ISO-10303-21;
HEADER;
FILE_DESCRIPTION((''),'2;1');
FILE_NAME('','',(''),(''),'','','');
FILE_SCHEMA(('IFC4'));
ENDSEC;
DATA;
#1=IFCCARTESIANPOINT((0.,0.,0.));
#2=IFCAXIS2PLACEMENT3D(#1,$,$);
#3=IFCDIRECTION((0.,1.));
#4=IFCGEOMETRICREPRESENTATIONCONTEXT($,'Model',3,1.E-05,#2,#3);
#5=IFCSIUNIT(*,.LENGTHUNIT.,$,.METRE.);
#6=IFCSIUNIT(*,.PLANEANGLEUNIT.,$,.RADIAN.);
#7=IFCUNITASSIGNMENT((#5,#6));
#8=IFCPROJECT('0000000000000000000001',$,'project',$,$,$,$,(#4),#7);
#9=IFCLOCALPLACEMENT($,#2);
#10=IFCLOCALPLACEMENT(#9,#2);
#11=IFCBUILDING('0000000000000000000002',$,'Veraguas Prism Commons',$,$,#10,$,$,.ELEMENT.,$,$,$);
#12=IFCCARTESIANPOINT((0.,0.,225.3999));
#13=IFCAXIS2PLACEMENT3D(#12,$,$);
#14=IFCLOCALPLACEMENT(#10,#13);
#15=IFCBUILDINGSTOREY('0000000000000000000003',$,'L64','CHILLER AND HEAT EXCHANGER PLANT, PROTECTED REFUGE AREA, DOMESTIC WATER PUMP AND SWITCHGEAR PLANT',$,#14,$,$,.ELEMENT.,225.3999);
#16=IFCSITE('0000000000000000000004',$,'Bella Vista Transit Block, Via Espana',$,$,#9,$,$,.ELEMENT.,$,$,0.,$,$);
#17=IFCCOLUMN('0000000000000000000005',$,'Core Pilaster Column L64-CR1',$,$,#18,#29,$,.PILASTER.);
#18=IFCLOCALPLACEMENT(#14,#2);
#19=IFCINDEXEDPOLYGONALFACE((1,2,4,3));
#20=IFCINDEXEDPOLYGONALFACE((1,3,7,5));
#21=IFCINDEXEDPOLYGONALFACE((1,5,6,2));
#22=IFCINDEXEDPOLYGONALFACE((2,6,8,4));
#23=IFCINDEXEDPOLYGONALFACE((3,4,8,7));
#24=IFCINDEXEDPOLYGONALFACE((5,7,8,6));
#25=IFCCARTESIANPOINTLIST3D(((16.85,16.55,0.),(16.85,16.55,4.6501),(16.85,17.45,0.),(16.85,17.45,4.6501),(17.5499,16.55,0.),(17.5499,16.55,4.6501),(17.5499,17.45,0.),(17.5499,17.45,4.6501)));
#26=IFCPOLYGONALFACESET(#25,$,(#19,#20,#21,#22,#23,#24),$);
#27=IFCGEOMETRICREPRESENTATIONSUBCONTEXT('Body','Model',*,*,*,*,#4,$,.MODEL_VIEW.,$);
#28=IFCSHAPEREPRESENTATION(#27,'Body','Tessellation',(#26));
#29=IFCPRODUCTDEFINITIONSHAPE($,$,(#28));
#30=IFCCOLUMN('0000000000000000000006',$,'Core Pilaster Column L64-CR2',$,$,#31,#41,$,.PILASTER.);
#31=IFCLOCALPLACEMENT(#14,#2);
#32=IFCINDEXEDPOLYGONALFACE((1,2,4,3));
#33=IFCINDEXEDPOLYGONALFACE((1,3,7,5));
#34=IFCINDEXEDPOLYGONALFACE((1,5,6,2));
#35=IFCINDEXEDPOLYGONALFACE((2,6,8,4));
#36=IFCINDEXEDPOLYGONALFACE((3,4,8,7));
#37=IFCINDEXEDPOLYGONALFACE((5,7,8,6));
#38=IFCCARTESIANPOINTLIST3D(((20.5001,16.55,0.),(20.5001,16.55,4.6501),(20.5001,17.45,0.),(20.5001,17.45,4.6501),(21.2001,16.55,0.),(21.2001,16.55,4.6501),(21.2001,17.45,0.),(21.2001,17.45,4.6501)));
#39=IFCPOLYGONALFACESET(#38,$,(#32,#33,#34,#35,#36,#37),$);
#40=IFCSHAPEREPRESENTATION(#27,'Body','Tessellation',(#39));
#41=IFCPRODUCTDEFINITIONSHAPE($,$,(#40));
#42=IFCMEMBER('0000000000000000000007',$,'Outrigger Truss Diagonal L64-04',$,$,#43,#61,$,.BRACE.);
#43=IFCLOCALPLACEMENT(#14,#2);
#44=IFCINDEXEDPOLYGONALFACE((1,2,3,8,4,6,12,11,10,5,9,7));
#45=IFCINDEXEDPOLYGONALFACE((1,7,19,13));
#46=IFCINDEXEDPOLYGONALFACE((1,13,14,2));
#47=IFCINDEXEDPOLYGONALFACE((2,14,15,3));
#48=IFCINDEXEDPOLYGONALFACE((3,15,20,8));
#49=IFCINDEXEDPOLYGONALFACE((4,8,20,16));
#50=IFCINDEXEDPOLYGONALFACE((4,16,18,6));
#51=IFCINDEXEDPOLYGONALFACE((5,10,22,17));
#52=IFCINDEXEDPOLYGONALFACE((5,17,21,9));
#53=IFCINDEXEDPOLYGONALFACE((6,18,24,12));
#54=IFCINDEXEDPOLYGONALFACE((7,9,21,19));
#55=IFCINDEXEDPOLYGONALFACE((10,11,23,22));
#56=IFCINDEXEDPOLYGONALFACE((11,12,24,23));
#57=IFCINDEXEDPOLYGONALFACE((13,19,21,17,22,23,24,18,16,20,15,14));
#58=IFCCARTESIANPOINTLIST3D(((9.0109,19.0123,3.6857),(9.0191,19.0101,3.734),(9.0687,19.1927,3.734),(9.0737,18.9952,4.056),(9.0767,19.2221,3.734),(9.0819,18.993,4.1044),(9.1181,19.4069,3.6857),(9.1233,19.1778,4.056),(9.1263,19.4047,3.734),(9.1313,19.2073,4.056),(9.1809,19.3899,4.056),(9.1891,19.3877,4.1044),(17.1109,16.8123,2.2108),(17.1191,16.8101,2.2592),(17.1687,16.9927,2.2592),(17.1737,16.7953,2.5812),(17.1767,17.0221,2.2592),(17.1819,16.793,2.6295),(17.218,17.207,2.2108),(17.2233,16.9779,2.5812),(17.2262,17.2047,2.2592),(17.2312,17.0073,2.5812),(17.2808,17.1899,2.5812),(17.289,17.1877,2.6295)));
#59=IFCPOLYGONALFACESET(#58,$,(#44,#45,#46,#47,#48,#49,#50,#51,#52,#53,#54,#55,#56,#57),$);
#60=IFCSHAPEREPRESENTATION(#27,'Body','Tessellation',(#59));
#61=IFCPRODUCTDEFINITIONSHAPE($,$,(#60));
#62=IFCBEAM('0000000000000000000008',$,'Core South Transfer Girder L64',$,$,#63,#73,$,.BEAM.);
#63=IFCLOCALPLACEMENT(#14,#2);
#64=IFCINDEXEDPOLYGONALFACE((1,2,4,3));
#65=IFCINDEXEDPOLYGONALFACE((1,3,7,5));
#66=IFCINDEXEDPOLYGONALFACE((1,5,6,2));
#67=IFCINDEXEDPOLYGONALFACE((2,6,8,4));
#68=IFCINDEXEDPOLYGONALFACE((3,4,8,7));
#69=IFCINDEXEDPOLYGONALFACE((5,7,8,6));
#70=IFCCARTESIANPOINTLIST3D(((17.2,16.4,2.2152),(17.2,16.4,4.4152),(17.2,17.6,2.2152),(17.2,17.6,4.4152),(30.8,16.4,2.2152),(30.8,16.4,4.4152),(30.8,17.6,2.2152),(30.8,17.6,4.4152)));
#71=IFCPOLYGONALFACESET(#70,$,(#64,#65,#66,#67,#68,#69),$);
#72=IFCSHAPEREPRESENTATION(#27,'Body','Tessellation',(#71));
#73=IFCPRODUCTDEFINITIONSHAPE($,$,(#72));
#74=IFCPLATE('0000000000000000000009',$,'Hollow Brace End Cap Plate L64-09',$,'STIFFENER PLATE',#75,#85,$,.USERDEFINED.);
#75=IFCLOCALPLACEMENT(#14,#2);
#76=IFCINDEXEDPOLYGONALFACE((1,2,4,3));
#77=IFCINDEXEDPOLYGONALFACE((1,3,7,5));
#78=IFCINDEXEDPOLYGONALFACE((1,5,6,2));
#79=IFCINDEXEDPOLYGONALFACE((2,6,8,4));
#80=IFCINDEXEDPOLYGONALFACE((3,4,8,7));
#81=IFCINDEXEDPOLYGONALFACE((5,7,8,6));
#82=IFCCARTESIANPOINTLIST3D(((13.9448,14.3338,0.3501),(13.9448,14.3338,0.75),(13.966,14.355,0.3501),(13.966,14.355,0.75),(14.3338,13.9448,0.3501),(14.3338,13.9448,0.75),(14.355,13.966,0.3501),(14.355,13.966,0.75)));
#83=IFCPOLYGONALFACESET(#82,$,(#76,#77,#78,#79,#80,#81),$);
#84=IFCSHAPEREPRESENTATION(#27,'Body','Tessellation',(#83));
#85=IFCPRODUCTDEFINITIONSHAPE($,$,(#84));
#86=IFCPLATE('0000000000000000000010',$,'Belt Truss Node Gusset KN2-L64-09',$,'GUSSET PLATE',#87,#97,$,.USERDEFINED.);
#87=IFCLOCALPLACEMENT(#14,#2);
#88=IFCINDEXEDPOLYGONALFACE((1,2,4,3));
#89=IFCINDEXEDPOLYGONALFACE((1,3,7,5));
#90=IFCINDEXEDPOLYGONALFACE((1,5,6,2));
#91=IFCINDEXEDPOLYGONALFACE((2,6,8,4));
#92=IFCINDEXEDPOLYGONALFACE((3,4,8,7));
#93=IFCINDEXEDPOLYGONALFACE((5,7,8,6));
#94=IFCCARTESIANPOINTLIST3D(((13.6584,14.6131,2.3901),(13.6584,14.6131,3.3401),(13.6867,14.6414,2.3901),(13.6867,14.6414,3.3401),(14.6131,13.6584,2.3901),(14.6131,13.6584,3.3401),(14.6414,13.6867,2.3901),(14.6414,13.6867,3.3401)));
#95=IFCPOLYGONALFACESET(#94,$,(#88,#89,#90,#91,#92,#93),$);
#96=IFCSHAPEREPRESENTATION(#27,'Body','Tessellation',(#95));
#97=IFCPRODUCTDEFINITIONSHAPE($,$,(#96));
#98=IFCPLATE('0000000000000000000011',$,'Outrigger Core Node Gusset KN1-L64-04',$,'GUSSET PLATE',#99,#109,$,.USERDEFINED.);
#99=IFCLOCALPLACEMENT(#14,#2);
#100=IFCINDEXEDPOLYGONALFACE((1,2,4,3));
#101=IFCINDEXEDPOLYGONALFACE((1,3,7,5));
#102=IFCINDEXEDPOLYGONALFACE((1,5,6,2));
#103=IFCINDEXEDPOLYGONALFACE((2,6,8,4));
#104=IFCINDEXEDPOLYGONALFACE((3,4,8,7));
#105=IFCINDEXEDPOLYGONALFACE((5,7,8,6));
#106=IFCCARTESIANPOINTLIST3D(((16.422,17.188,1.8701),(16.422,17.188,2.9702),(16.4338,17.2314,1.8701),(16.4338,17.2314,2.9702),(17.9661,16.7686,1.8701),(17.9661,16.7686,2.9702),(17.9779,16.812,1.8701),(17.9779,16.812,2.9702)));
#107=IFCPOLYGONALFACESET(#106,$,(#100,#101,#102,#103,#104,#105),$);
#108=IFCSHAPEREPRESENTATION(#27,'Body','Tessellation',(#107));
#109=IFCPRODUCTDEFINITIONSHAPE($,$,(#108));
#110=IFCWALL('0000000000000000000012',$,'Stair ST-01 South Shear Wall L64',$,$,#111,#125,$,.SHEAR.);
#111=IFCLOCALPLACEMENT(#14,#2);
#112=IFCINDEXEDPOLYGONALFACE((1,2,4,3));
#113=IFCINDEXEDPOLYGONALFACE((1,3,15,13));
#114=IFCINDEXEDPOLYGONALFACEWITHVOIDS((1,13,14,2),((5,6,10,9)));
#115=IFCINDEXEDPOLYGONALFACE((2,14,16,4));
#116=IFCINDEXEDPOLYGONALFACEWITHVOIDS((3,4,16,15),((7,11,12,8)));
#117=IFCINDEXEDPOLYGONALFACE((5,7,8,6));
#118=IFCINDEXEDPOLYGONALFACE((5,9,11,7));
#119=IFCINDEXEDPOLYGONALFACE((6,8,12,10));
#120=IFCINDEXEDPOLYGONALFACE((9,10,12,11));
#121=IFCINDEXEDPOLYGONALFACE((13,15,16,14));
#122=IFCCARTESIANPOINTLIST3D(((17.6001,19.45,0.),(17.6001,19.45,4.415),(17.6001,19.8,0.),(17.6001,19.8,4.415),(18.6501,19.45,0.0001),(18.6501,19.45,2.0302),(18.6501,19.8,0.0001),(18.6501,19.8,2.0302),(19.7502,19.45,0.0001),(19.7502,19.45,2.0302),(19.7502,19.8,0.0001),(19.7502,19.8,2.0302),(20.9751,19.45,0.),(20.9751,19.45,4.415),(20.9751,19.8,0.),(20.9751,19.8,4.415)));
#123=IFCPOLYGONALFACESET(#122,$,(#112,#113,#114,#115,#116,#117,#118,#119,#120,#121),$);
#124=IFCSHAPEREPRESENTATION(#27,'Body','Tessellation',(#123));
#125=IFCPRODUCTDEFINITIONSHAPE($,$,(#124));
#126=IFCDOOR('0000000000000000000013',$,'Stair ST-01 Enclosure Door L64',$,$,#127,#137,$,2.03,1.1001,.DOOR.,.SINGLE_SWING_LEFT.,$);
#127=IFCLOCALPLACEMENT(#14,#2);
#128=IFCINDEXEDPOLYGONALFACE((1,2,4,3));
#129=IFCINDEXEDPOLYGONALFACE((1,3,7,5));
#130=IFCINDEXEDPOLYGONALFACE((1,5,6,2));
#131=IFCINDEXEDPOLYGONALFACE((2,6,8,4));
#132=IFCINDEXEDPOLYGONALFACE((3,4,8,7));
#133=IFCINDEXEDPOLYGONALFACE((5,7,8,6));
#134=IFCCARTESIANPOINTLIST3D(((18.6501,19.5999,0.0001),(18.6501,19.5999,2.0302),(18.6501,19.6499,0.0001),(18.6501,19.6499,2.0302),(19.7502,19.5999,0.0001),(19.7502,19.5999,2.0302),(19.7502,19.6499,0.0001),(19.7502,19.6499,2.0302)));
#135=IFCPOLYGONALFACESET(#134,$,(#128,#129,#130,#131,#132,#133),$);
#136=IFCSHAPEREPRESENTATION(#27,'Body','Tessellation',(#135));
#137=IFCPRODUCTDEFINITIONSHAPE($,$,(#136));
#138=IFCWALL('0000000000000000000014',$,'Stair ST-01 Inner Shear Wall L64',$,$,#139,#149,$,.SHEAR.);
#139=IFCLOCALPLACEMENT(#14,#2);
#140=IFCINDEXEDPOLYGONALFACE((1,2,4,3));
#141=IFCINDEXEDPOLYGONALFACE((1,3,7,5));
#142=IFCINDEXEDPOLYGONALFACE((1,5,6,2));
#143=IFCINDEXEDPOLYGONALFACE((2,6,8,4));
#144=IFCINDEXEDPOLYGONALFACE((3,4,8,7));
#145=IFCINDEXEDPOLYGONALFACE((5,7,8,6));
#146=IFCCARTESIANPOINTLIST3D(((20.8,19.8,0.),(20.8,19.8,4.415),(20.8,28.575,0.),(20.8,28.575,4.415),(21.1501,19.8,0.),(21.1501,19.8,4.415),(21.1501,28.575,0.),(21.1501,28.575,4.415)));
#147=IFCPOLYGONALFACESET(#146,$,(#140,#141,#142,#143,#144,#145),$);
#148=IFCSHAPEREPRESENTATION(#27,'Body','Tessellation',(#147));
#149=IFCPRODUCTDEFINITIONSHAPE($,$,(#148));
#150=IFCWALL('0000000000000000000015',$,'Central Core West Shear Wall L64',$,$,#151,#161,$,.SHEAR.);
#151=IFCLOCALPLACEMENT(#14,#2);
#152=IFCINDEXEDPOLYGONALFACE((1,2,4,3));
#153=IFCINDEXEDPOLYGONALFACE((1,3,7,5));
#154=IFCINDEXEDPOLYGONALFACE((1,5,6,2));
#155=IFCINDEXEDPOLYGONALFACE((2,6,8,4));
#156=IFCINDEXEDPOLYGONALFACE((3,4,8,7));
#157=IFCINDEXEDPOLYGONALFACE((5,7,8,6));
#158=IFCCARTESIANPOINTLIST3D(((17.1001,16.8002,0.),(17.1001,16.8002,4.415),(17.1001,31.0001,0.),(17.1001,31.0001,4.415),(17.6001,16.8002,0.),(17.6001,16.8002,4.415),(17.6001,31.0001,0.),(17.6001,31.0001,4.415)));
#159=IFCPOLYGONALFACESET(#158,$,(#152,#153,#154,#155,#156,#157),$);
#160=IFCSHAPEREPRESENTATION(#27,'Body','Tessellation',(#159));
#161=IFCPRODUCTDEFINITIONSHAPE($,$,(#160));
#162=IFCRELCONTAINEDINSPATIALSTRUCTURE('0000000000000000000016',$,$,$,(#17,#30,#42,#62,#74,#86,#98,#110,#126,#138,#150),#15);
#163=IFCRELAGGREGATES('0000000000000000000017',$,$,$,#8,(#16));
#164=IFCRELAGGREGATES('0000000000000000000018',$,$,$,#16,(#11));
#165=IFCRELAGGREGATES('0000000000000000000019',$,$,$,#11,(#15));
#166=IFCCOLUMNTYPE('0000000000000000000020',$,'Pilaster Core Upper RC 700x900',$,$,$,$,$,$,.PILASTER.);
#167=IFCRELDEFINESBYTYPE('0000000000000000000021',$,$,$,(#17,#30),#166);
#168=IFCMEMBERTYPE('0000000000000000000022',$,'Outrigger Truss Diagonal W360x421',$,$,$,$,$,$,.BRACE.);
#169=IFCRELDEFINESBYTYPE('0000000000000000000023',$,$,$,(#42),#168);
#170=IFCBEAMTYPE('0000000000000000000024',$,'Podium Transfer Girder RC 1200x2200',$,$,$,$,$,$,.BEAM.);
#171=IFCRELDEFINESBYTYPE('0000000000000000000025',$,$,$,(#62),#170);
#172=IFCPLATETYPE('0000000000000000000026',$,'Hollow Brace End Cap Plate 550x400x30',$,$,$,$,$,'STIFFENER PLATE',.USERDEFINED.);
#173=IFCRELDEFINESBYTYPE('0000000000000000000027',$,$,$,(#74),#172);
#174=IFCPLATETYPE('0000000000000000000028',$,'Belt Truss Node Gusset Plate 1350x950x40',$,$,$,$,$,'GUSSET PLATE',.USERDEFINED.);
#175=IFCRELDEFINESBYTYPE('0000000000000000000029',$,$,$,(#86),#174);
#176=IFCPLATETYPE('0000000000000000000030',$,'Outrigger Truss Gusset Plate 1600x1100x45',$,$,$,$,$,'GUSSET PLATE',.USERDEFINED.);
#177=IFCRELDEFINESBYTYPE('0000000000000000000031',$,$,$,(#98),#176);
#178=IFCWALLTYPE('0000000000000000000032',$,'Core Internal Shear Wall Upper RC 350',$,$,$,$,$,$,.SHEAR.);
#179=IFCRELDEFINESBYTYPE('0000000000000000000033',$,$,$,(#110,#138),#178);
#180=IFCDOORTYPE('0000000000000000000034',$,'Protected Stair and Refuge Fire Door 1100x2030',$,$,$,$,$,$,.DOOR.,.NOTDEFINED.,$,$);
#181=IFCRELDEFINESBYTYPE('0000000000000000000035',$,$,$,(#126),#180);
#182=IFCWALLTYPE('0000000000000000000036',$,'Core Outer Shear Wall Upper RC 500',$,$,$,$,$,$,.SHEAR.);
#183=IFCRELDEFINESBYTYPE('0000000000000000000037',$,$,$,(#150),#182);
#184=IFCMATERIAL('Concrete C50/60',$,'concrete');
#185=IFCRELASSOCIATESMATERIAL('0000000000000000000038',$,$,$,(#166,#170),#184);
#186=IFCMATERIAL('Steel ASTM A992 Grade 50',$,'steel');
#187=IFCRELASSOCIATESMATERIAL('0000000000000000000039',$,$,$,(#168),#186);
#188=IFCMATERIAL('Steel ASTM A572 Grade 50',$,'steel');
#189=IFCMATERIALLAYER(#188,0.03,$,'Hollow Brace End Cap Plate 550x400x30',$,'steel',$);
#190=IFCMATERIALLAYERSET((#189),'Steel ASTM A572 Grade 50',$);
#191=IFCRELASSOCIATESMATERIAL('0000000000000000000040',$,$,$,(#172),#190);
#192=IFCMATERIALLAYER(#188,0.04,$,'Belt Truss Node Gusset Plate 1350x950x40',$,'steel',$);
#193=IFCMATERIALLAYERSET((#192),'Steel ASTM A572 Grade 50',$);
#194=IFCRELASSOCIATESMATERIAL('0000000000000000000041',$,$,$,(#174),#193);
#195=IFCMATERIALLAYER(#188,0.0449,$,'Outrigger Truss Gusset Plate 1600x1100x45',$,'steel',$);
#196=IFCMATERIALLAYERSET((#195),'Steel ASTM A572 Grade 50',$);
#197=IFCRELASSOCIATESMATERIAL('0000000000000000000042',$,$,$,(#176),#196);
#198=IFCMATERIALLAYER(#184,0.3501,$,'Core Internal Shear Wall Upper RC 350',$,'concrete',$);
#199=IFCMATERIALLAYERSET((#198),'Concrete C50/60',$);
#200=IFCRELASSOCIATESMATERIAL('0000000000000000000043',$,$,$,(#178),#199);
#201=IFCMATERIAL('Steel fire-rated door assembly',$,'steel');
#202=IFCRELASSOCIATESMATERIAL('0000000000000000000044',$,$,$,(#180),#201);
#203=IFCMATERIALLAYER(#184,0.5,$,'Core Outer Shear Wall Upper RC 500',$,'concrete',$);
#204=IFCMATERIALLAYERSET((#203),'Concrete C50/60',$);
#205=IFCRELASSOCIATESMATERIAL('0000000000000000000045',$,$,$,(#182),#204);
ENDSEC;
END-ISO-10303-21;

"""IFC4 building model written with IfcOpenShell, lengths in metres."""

from ifc_helpers import new_model, si_unit, direction, frame, frame_2d, origin, origin_2d, place, context, subcontext, project, spatial, rectangle, i_section, extrude, source, transform, mapped, material, layer, layer_set, material_profile, profile_set, type_object, element, fill, save


model = new_model("IFC4")

# Units and contexts
model_context = context("Model", 3, precision=1e-05, world=origin(), true_north=direction((0.0, 1.0)))
body_context = subcontext(model_context, "Body", "Model", "MODEL_VIEW")
ifc_project = project(units=[si_unit("LENGTHUNIT", "METRE"), si_unit("PLANEANGLEUNIT", "RADIAN")], contexts=[model_context])

# Site, building, storey
site_placement = place(None, origin())
site = spatial("IfcSite", under=ifc_project, at=site_placement, Name="Bella Vista Transit Block, Via Espana", CompositionType="ELEMENT", RefElevation=0.0)
building_placement = place(site_placement, origin())
building = spatial("IfcBuilding", under=site, at=building_placement, Name="Veraguas Prism Commons", CompositionType="ELEMENT")
storey_placement = place(building_placement, frame((0.0, 0.0, 225.3999)))
storey = spatial("IfcBuildingStorey", under=building, at=storey_placement, Name="L64", Description="CHILLER AND HEAT EXCHANGER PLANT, PROTECTED REFUGE AREA, DOMESTIC WATER PUMP AND SWITCHGEAR PLANT", CompositionType="ELEMENT", Elevation=225.3999)

# Columns
ifc_material_1 = material(Name="Concrete C50/60", Category="concrete")
ifc_material_profile_1 = material_profile(ifc_material_1, rectangle(XDim=0.7, YDim=0.8999, at=origin_2d()), Name="RC700X900")
ifc_profile_set_1 = profile_set([ifc_material_profile_1], Name="Concrete C50/60")
column_type = type_object("IfcColumnType", Name="Pilaster Core Upper RC 700x900", PredefinedType="PILASTER", material=ifc_profile_set_1)
for number, where, z_axis, x_axis, name in (
    (1, (17.2, 17.0, 0.0), (0.0, 0.0, 1.0), (1.0, 0.0, 0.0), "Core Pilaster Column L64-CR1"),
    (2, (20.8501, 17.0, 0.0), (0.0, 0.0, 1.0), (1.0, 0.0, 0.0), "Core Pilaster Column L64-CR2"),
):
    element("IfcColumn", number, at=place(storey_placement, frame(where, z_axis=z_axis, x_axis=x_axis)), inside=storey, type_object=column_type, Name=name, PredefinedType="PILASTER", context=body_context, shape_type="SweptSolid", body=[
        extrude(rectangle(XDim=0.7, YDim=0.8999, at=origin_2d()), origin(), (0.0, 0.0, 1.0), 4.6501),
    ])

# Member
ifc_material_2 = material(Name="Steel ASTM A992 Grade 50", Category="steel")
ifc_material_profile_2 = material_profile(ifc_material_2, i_section(OverallWidth=0.4089, OverallDepth=0.425, WebThickness=0.0305, FlangeThickness=0.0491, at=origin_2d()), Name="W360X421")
ifc_profile_set_2 = profile_set([ifc_material_profile_2], Name="Steel ASTM A992 Grade 50")
member_type = type_object("IfcMemberType", Name="Outrigger Truss Diagonal W360x421", PredefinedType="BRACE", material=ifc_profile_set_2)
member_placement = place(storey_placement, frame((17.2, 17.0, 2.4202), z_axis=(-0.950476, 0.258153, 0.173066), x_axis=(-0.262108, -0.965039, 0.0)))
element("IfcMember", 3, at=member_placement, inside=storey, type_object=member_type, Name="Outrigger Truss Diagonal L64-04", PredefinedType="BRACE", context=body_context, shape_type="SweptSolid", body=[
    extrude(i_section(OverallWidth=0.4089, OverallDepth=0.425, WebThickness=0.0305, FlangeThickness=0.0491, at=origin_2d()), origin(), (0.0, 0.0, 1.0), 8.522),
])

# Beam
ifc_material_profile_3 = material_profile(ifc_material_1, rectangle(XDim=1.2, YDim=2.2, at=origin_2d()), Name="RC1200X2200")
ifc_profile_set_3 = profile_set([ifc_material_profile_3], Name="Concrete C50/60")
beam_type = type_object("IfcBeamType", Name="Podium Transfer Girder RC 1200x2200", PredefinedType="BEAM", material=ifc_profile_set_3)
beam_placement = place(storey_placement, frame((17.2, 17.0, 3.3152), z_axis=(1.0, 0.0, 0.0), x_axis=(0.0, 1.0, 0.0)))
element("IfcBeam", 4, at=beam_placement, inside=storey, type_object=beam_type, Name="Core South Transfer Girder L64", PredefinedType="BEAM", context=body_context, shape_type="SweptSolid", body=[
    extrude(rectangle(XDim=1.2, YDim=2.2, at=origin_2d()), origin(), (0.0, 0.0, 1.0), 13.6001),
])

# Plates
ifc_material_3 = material(Name="Steel ASTM A572 Grade 50", Category="steel")
ifc_layer_1 = layer(ifc_material_3, 0.03, Name="Hollow Brace End Cap Plate 550x400x30", Category="steel")
ifc_layer_set_1 = layer_set([ifc_layer_1], Name="Steel ASTM A572 Grade 50")
plate_type_1 = type_object("IfcPlateType", Name="Hollow Brace End Cap Plate 550x400x30", ElementType="STIFFENER PLATE", PredefinedType="USERDEFINED", material=ifc_layer_set_1)
shared_shape_1 = source(origin(), body_context, "Body", "SweptSolid", [
    extrude(rectangle(XDim=0.55, YDim=0.03, at=origin_2d()), origin(), (0.0, 0.0, 1.0), 0.3999),
])
plate_1_placement = place(storey_placement, frame((14.1499, 14.1499, 0.3501), z_axis=(0.0, 0.0, 1.0), x_axis=(0.707107, -0.707107, 0.0)))
element("IfcPlate", 5, at=plate_1_placement, inside=storey, type_object=plate_type_1, Name="Hollow Brace End Cap Plate L64-09", ObjectType="STIFFENER PLATE", PredefinedType="USERDEFINED", context=body_context, shape_type="MappedRepresentation", body=[
    mapped(shared_shape_1, transform((0.0, 0.0, 0.0), scale=1.0)),
])
ifc_layer_2 = layer(ifc_material_3, 0.04, Name="Belt Truss Node Gusset Plate 1350x950x40", Category="steel")
ifc_layer_set_2 = layer_set([ifc_layer_2], Name="Steel ASTM A572 Grade 50")
plate_type_2 = type_object("IfcPlateType", Name="Belt Truss Node Gusset Plate 1350x950x40", ElementType="GUSSET PLATE", PredefinedType="USERDEFINED", material=ifc_layer_set_2)
shared_shape_2 = source(origin(), body_context, "Body", "SweptSolid", [
    extrude(rectangle(XDim=1.3501, YDim=0.04, at=origin_2d()), origin(), (0.0, 0.0, 1.0), 0.95),
])
plate_2_placement = place(storey_placement, frame((14.1499, 14.1499, 2.3901), z_axis=(0.0, 0.0, 1.0), x_axis=(0.707107, -0.707107, 0.0)))
element("IfcPlate", 6, at=plate_2_placement, inside=storey, type_object=plate_type_2, Name="Belt Truss Node Gusset KN2-L64-09", ObjectType="GUSSET PLATE", PredefinedType="USERDEFINED", context=body_context, shape_type="MappedRepresentation", body=[
    mapped(shared_shape_2, transform((0.0, 0.0, 0.0), scale=1.0)),
])
ifc_layer_3 = layer(ifc_material_3, 0.0449, Name="Outrigger Truss Gusset Plate 1600x1100x45", Category="steel")
ifc_layer_set_3 = layer_set([ifc_layer_3], Name="Steel ASTM A572 Grade 50")
plate_type_3 = type_object("IfcPlateType", Name="Outrigger Truss Gusset Plate 1600x1100x45", ElementType="GUSSET PLATE", PredefinedType="USERDEFINED", material=ifc_layer_set_3)
shared_shape_3 = source(origin(), body_context, "Body", "SweptSolid", [
    extrude(rectangle(XDim=1.6001, YDim=0.0449, at=origin_2d()), origin(), (0.0, 0.0, 1.0), 1.1001),
])
plate_3_placement = place(storey_placement, frame((17.2, 17.0, 1.8701), z_axis=(0.0, 0.0, 1.0), x_axis=(-0.965038, 0.262108, 0.0)))
element("IfcPlate", 7, at=plate_3_placement, inside=storey, type_object=plate_type_3, Name="Outrigger Core Node Gusset KN1-L64-04", ObjectType="GUSSET PLATE", PredefinedType="USERDEFINED", context=body_context, shape_type="MappedRepresentation", body=[
    mapped(shared_shape_3, transform((0.0, 0.0, 0.0), scale=1.0)),
])

# Wall, opening, door
ifc_layer_4 = layer(ifc_material_1, 0.3501, Name="Core Internal Shear Wall Upper RC 350", Category="concrete")
ifc_layer_set_4 = layer_set([ifc_layer_4], Name="Concrete C50/60")
wall_type_1 = type_object("IfcWallType", Name="Core Internal Shear Wall Upper RC 350", PredefinedType="SHEAR", material=ifc_layer_set_4)
wall_1_placement = place(storey_placement, frame((17.6001, 19.625, 0.0), z_axis=(0.0, 0.0, 1.0), x_axis=(1.0, 0.0, 0.0)))
wall_1 = element("IfcWall", 8, at=wall_1_placement, inside=storey, type_object=wall_type_1, Name="Stair ST-01 South Shear Wall L64", PredefinedType="SHEAR", context=body_context, shape_type="SweptSolid", body=[
    extrude(rectangle(XDim=3.375, YDim=0.3501, at=frame_2d((1.6875, 0.0))), origin(), (0.0, 0.0, 1.0), 4.415),
])
opening_1_placement = place(wall_1_placement, frame((1.05, 0.0, 0.0)))
opening_1 = element("IfcOpeningElement", 9, at=opening_1_placement, cuts=wall_1, PredefinedType="OPENING", context=body_context, shape_type="SweptSolid", body=[
    extrude(rectangle(XDim=1.1001, YDim=2.03, at=frame_2d((0.55, 1.0151))), frame((0.0, 0.1851, 0.0), z_axis=(0.0, -1.0, 0.0), x_axis=(1.0, 0.0, 0.0)), (0.0, 0.0, 1.0), 0.3701),
])
ifc_material_4 = material(Name="Steel fire-rated door assembly", Category="steel")
door_type_1 = type_object("IfcDoorType", Name="Protected Stair and Refuge Fire Door 1100x2030", OperationType="NOTDEFINED", PredefinedType="DOOR", material=ifc_material_4)
shared_shape_4 = source(origin(), body_context, "Body", "SweptSolid", [
    extrude(rectangle(XDim=1.1001, YDim=2.03, at=frame_2d((0.55, 1.0151))), frame((0.0, 0.0249, 0.0), z_axis=(0.0, -1.0, 0.0), x_axis=(1.0, 0.0, 0.0)), (0.0, 0.0, 1.0), 0.05),
])
door_1_placement = place(opening_1_placement, origin())
door_1 = element("IfcDoor", 10, at=door_1_placement, inside=storey, type_object=door_type_1, Name="Stair ST-01 Enclosure Door L64", OperationType="SINGLE_SWING_LEFT", OverallHeight=2.03, OverallWidth=1.1001, PredefinedType="DOOR", context=body_context, shape_type="MappedRepresentation", body=[
    mapped(shared_shape_4, transform((0.0, 0.0, 0.0), scale=1.0)),
])
fill(opening_1, door_1)

# Walls
wall_2_placement = place(storey_placement, frame((20.9751, 19.8, 0.0), z_axis=(0.0, 0.0, 1.0), x_axis=(0.0, 1.0, 0.0)))
element("IfcWall", 11, at=wall_2_placement, inside=storey, type_object=wall_type_1, Name="Stair ST-01 Inner Shear Wall L64", PredefinedType="SHEAR", context=body_context, shape_type="SweptSolid", body=[
    extrude(rectangle(XDim=8.7749, YDim=0.3501, at=frame_2d((4.3875, 0.0))), origin(), (0.0, 0.0, 1.0), 4.415),
])
ifc_layer_5 = layer(ifc_material_1, 0.5, Name="Core Outer Shear Wall Upper RC 500", Category="concrete")
ifc_layer_set_5 = layer_set([ifc_layer_5], Name="Concrete C50/60")
wall_type_2 = type_object("IfcWallType", Name="Core Outer Shear Wall Upper RC 500", PredefinedType="SHEAR", material=ifc_layer_set_5)
wall_3_placement = place(storey_placement, frame((17.3501, 16.8, 0.0), z_axis=(0.0, 0.0, 1.0), x_axis=(0.0, 1.0, 0.0)))
element("IfcWall", 12, at=wall_3_placement, inside=storey, type_object=wall_type_2, Name="Central Core West Shear Wall L64", PredefinedType="SHEAR", context=body_context, shape_type="SweptSolid", body=[
    extrude(rectangle(XDim=14.2, YDim=0.5, at=frame_2d((7.1001, 0.0))), origin(), (0.0, 0.0, 1.0), 4.415),
])

save(model, "model.ifc")
